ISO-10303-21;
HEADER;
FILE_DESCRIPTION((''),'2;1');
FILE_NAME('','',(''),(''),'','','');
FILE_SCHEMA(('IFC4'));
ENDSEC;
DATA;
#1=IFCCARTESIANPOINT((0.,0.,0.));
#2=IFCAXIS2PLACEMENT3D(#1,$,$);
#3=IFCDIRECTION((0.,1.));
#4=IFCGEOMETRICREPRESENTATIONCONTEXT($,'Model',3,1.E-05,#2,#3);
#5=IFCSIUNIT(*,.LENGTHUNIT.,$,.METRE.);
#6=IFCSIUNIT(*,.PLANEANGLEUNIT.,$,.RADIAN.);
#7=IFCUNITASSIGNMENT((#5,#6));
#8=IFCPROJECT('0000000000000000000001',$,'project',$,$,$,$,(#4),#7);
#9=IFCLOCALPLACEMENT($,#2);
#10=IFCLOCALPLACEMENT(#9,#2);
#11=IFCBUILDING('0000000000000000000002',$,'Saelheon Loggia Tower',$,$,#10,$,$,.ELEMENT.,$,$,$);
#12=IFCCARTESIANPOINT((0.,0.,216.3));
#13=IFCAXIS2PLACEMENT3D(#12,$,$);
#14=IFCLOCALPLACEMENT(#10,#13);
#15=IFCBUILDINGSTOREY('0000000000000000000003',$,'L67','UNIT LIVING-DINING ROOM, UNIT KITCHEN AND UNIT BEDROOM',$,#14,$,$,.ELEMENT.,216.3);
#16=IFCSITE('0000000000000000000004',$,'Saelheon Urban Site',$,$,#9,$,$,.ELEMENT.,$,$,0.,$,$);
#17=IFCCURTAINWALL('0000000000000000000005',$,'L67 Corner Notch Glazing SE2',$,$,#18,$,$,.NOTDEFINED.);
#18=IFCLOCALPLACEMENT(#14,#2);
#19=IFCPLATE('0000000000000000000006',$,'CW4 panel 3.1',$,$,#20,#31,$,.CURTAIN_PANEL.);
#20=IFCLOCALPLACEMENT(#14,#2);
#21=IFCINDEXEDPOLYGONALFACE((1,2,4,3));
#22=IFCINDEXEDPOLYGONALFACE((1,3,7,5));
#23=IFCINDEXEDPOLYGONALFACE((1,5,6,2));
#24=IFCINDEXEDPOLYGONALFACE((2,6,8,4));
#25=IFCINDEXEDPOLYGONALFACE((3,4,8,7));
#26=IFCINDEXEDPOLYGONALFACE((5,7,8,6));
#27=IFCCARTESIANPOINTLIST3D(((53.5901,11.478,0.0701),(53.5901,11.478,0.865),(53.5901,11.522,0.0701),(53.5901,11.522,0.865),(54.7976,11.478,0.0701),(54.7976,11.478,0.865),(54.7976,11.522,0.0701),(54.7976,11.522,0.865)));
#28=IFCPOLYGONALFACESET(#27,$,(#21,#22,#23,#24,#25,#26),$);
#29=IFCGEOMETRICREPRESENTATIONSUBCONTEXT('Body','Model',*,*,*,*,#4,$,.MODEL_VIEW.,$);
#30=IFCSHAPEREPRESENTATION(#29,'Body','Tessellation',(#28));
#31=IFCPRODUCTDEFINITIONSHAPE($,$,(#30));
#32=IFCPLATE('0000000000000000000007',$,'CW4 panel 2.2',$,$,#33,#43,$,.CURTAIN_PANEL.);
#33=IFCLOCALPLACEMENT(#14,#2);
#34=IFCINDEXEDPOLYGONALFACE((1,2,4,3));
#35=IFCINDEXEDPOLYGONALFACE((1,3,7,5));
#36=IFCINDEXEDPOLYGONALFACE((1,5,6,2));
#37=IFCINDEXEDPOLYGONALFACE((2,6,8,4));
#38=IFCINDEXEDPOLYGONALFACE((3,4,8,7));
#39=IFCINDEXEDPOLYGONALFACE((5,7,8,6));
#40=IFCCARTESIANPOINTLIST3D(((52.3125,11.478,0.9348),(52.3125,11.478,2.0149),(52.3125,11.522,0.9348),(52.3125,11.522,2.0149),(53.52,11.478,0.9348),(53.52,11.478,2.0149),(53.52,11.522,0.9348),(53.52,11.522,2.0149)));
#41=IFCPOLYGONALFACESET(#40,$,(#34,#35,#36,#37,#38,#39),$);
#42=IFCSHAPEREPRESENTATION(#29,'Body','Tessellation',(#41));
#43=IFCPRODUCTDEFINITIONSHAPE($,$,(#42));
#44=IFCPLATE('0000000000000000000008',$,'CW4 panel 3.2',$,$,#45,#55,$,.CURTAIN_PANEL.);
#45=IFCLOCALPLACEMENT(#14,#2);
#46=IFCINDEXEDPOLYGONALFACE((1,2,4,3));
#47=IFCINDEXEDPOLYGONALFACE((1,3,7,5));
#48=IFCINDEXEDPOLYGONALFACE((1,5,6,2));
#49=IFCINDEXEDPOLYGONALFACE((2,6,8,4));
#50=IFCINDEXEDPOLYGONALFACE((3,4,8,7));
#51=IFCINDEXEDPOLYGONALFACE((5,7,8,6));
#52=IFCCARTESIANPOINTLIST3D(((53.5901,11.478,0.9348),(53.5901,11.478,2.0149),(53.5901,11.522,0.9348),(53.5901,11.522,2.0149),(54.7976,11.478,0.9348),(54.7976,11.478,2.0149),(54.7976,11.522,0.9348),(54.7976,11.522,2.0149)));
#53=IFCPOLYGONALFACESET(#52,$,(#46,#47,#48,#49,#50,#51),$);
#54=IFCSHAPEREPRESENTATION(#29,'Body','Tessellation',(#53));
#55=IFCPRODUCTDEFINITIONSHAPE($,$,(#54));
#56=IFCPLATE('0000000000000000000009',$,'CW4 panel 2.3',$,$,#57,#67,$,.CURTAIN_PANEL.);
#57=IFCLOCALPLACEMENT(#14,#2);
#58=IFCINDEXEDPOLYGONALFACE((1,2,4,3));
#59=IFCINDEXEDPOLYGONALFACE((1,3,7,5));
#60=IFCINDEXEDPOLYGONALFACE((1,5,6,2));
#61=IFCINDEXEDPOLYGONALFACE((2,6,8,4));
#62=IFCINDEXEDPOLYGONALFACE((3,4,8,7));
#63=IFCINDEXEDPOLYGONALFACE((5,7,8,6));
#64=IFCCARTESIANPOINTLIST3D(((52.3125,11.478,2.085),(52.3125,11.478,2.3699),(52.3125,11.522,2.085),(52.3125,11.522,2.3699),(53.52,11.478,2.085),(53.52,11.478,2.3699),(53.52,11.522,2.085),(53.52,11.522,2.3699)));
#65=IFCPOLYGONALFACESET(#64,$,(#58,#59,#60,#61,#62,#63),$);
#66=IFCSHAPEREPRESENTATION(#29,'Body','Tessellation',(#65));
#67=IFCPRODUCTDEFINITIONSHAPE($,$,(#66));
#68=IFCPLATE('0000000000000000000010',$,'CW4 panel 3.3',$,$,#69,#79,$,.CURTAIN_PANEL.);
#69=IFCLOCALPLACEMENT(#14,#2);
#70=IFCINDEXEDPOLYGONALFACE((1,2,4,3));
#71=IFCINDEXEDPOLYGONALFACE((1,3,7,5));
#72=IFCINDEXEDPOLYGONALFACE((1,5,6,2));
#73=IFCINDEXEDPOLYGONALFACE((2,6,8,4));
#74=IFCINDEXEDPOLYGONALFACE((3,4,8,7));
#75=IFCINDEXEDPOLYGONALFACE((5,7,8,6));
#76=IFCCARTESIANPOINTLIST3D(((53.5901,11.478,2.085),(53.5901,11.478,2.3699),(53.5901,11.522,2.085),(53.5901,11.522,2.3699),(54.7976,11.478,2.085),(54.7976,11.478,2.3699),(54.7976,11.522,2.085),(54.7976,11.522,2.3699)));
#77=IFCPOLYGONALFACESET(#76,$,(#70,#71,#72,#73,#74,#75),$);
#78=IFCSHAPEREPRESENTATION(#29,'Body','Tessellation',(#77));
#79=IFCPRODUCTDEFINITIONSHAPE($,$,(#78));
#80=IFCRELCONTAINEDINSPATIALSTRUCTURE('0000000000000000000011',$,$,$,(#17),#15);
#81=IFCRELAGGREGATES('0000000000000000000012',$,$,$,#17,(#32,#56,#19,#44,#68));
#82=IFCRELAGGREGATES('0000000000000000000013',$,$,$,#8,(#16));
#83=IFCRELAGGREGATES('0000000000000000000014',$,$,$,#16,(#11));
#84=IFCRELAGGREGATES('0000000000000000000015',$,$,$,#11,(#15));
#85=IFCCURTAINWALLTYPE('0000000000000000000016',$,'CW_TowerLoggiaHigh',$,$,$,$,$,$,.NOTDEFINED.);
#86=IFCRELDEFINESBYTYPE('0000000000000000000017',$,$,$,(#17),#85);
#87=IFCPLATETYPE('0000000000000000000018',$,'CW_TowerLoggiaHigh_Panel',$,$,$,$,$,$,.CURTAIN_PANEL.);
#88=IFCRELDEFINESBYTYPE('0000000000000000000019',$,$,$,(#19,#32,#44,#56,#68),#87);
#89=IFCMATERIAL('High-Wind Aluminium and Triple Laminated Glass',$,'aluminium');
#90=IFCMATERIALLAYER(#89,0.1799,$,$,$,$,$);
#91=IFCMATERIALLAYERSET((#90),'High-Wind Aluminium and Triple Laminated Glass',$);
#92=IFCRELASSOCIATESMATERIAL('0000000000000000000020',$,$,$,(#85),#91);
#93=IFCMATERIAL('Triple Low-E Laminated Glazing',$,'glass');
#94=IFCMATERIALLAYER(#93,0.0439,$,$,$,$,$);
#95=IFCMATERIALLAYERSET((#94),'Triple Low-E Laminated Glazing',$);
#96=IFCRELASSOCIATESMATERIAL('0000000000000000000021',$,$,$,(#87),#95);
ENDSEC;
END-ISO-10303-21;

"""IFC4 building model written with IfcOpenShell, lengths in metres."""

from ifc_helpers import new_model, si_unit, direction, frame, origin, origin_2d, place, context, subcontext, project, spatial, rectangle, extrude, source, transform, mapped, material, layer, layer_set, type_object, element, aggregate, save


model = new_model("IFC4")

# Units and contexts
model_context = context("Model", 3, precision=1e-05, world=origin(), true_north=direction((0.0, 1.0)))
body_context = subcontext(model_context, "Body", "Model", "MODEL_VIEW")
ifc_project = project(units=[si_unit("LENGTHUNIT", "METRE"), si_unit("PLANEANGLEUNIT", "RADIAN")], contexts=[model_context])

# Site, building, storey
site_placement = place(None, origin())
site = spatial("IfcSite", under=ifc_project, at=site_placement, Name="Saelheon Urban Site", CompositionType="ELEMENT", RefElevation=0.0)
building_placement = place(site_placement, origin())
building = spatial("IfcBuilding", under=site, at=building_placement, Name="Saelheon Loggia Tower", CompositionType="ELEMENT")
storey_placement = place(building_placement, frame((0.0, 0.0, 216.3)))
storey = spatial("IfcBuildingStorey", under=building, at=storey_placement, Name="L67", Description="UNIT LIVING-DINING ROOM, UNIT KITCHEN AND UNIT BEDROOM", CompositionType="ELEMENT", Elevation=216.3)

# Curtain wall, plates
ifc_material_1 = material(Name="High-Wind Aluminium and Triple Laminated Glass", Category="aluminium")
ifc_layer_1 = layer(ifc_material_1, 0.1799)
ifc_layer_set_1 = layer_set([ifc_layer_1], Name="High-Wind Aluminium and Triple Laminated Glass")
curtain_wall_type = type_object("IfcCurtainWallType", Name="CW_TowerLoggiaHigh", PredefinedType="NOTDEFINED", material=ifc_layer_set_1)
curtain_wall_placement = place(storey_placement, origin())
curtain_wall = element("IfcCurtainWall", 1, at=curtain_wall_placement, inside=storey, type_object=curtain_wall_type, Name="L67 Corner Notch Glazing SE2", PredefinedType="NOTDEFINED")
ifc_material_2 = material(Name="Triple Low-E Laminated Glazing", Category="glass")
ifc_layer_2 = layer(ifc_material_2, 0.0439)
ifc_layer_set_2 = layer_set([ifc_layer_2], Name="Triple Low-E Laminated Glazing")
plate_type = type_object("IfcPlateType", Name="CW_TowerLoggiaHigh_Panel", PredefinedType="CURTAIN_PANEL", material=ifc_layer_set_2)
shared_shape_1 = source(origin(), body_context, "Body", "SweptSolid", [
    extrude(rectangle(XDim=1.2075, YDim=0.0439, at=origin_2d()), origin(), (0.0, 0.0, 1.0), 0.7949),
])
plate_1_placement = place(storey_placement, frame((54.1938, 11.5, 0.0701), z_axis=(0.0, 0.0, 1.0), x_axis=(1.0, 0.0, 0.0)))
plate_1 = element("IfcPlate", 2, at=plate_1_placement, type_object=plate_type, Name="CW4 panel 3.1", PredefinedType="CURTAIN_PANEL", context=body_context, shape_type="MappedRepresentation", body=[
    mapped(shared_shape_1, transform((0.0, 0.0, 0.0), scale=1.0)),
])
shared_shape_2 = source(origin(), body_context, "Body", "SweptSolid", [
    extrude(rectangle(XDim=1.2075, YDim=0.0439, at=origin_2d()), origin(), (0.0, 0.0, 1.0), 1.0801),
])
plate_2_placement = place(storey_placement, frame((52.9163, 11.5, 0.9348), z_axis=(0.0, 0.0, 1.0), x_axis=(1.0, 0.0, 0.0)))
plate_2 = element("IfcPlate", 3, at=plate_2_placement, type_object=plate_type, Name="CW4 panel 2.2", PredefinedType="CURTAIN_PANEL", context=body_context, shape_type="MappedRepresentation", body=[
    mapped(shared_shape_2, transform((0.0, 0.0, 0.0), scale=1.0)),
])
plate_3_placement = place(storey_placement, frame((54.1938, 11.5, 0.9348), z_axis=(0.0, 0.0, 1.0), x_axis=(1.0, 0.0, 0.0)))
plate_3 = element("IfcPlate", 4, at=plate_3_placement, type_object=plate_type, Name="CW4 panel 3.2", PredefinedType="CURTAIN_PANEL", context=body_context, shape_type="MappedRepresentation", body=[
    mapped(shared_shape_2, transform((0.0, 0.0, 0.0), scale=1.0)),
])
shared_shape_3 = source(origin(), body_context, "Body", "SweptSolid", [
    extrude(rectangle(XDim=1.2075, YDim=0.0439, at=origin_2d()), origin(), (0.0, 0.0, 1.0), 0.2849),
])
plate_4_placement = place(storey_placement, frame((52.9163, 11.5, 2.085), z_axis=(0.0, 0.0, 1.0), x_axis=(1.0, 0.0, 0.0)))
plate_4 = element("IfcPlate", 5, at=plate_4_placement, type_object=plate_type, Name="CW4 panel 2.3", PredefinedType="CURTAIN_PANEL", context=body_context, shape_type="MappedRepresentation", body=[
    mapped(shared_shape_3, transform((0.0, 0.0, 0.0), scale=1.0)),
])
plate_5_placement = place(storey_placement, frame((54.1938, 11.5, 2.085), z_axis=(0.0, 0.0, 1.0), x_axis=(1.0, 0.0, 0.0)))
plate_5 = element("IfcPlate", 6, at=plate_5_placement, type_object=plate_type, Name="CW4 panel 3.3", PredefinedType="CURTAIN_PANEL", context=body_context, shape_type="MappedRepresentation", body=[
    mapped(shared_shape_3, transform((0.0, 0.0, 0.0), scale=1.0)),
])
aggregate(curtain_wall, [plate_2, plate_4, plate_1, plate_3, plate_5])

save(model, "model.ifc")
